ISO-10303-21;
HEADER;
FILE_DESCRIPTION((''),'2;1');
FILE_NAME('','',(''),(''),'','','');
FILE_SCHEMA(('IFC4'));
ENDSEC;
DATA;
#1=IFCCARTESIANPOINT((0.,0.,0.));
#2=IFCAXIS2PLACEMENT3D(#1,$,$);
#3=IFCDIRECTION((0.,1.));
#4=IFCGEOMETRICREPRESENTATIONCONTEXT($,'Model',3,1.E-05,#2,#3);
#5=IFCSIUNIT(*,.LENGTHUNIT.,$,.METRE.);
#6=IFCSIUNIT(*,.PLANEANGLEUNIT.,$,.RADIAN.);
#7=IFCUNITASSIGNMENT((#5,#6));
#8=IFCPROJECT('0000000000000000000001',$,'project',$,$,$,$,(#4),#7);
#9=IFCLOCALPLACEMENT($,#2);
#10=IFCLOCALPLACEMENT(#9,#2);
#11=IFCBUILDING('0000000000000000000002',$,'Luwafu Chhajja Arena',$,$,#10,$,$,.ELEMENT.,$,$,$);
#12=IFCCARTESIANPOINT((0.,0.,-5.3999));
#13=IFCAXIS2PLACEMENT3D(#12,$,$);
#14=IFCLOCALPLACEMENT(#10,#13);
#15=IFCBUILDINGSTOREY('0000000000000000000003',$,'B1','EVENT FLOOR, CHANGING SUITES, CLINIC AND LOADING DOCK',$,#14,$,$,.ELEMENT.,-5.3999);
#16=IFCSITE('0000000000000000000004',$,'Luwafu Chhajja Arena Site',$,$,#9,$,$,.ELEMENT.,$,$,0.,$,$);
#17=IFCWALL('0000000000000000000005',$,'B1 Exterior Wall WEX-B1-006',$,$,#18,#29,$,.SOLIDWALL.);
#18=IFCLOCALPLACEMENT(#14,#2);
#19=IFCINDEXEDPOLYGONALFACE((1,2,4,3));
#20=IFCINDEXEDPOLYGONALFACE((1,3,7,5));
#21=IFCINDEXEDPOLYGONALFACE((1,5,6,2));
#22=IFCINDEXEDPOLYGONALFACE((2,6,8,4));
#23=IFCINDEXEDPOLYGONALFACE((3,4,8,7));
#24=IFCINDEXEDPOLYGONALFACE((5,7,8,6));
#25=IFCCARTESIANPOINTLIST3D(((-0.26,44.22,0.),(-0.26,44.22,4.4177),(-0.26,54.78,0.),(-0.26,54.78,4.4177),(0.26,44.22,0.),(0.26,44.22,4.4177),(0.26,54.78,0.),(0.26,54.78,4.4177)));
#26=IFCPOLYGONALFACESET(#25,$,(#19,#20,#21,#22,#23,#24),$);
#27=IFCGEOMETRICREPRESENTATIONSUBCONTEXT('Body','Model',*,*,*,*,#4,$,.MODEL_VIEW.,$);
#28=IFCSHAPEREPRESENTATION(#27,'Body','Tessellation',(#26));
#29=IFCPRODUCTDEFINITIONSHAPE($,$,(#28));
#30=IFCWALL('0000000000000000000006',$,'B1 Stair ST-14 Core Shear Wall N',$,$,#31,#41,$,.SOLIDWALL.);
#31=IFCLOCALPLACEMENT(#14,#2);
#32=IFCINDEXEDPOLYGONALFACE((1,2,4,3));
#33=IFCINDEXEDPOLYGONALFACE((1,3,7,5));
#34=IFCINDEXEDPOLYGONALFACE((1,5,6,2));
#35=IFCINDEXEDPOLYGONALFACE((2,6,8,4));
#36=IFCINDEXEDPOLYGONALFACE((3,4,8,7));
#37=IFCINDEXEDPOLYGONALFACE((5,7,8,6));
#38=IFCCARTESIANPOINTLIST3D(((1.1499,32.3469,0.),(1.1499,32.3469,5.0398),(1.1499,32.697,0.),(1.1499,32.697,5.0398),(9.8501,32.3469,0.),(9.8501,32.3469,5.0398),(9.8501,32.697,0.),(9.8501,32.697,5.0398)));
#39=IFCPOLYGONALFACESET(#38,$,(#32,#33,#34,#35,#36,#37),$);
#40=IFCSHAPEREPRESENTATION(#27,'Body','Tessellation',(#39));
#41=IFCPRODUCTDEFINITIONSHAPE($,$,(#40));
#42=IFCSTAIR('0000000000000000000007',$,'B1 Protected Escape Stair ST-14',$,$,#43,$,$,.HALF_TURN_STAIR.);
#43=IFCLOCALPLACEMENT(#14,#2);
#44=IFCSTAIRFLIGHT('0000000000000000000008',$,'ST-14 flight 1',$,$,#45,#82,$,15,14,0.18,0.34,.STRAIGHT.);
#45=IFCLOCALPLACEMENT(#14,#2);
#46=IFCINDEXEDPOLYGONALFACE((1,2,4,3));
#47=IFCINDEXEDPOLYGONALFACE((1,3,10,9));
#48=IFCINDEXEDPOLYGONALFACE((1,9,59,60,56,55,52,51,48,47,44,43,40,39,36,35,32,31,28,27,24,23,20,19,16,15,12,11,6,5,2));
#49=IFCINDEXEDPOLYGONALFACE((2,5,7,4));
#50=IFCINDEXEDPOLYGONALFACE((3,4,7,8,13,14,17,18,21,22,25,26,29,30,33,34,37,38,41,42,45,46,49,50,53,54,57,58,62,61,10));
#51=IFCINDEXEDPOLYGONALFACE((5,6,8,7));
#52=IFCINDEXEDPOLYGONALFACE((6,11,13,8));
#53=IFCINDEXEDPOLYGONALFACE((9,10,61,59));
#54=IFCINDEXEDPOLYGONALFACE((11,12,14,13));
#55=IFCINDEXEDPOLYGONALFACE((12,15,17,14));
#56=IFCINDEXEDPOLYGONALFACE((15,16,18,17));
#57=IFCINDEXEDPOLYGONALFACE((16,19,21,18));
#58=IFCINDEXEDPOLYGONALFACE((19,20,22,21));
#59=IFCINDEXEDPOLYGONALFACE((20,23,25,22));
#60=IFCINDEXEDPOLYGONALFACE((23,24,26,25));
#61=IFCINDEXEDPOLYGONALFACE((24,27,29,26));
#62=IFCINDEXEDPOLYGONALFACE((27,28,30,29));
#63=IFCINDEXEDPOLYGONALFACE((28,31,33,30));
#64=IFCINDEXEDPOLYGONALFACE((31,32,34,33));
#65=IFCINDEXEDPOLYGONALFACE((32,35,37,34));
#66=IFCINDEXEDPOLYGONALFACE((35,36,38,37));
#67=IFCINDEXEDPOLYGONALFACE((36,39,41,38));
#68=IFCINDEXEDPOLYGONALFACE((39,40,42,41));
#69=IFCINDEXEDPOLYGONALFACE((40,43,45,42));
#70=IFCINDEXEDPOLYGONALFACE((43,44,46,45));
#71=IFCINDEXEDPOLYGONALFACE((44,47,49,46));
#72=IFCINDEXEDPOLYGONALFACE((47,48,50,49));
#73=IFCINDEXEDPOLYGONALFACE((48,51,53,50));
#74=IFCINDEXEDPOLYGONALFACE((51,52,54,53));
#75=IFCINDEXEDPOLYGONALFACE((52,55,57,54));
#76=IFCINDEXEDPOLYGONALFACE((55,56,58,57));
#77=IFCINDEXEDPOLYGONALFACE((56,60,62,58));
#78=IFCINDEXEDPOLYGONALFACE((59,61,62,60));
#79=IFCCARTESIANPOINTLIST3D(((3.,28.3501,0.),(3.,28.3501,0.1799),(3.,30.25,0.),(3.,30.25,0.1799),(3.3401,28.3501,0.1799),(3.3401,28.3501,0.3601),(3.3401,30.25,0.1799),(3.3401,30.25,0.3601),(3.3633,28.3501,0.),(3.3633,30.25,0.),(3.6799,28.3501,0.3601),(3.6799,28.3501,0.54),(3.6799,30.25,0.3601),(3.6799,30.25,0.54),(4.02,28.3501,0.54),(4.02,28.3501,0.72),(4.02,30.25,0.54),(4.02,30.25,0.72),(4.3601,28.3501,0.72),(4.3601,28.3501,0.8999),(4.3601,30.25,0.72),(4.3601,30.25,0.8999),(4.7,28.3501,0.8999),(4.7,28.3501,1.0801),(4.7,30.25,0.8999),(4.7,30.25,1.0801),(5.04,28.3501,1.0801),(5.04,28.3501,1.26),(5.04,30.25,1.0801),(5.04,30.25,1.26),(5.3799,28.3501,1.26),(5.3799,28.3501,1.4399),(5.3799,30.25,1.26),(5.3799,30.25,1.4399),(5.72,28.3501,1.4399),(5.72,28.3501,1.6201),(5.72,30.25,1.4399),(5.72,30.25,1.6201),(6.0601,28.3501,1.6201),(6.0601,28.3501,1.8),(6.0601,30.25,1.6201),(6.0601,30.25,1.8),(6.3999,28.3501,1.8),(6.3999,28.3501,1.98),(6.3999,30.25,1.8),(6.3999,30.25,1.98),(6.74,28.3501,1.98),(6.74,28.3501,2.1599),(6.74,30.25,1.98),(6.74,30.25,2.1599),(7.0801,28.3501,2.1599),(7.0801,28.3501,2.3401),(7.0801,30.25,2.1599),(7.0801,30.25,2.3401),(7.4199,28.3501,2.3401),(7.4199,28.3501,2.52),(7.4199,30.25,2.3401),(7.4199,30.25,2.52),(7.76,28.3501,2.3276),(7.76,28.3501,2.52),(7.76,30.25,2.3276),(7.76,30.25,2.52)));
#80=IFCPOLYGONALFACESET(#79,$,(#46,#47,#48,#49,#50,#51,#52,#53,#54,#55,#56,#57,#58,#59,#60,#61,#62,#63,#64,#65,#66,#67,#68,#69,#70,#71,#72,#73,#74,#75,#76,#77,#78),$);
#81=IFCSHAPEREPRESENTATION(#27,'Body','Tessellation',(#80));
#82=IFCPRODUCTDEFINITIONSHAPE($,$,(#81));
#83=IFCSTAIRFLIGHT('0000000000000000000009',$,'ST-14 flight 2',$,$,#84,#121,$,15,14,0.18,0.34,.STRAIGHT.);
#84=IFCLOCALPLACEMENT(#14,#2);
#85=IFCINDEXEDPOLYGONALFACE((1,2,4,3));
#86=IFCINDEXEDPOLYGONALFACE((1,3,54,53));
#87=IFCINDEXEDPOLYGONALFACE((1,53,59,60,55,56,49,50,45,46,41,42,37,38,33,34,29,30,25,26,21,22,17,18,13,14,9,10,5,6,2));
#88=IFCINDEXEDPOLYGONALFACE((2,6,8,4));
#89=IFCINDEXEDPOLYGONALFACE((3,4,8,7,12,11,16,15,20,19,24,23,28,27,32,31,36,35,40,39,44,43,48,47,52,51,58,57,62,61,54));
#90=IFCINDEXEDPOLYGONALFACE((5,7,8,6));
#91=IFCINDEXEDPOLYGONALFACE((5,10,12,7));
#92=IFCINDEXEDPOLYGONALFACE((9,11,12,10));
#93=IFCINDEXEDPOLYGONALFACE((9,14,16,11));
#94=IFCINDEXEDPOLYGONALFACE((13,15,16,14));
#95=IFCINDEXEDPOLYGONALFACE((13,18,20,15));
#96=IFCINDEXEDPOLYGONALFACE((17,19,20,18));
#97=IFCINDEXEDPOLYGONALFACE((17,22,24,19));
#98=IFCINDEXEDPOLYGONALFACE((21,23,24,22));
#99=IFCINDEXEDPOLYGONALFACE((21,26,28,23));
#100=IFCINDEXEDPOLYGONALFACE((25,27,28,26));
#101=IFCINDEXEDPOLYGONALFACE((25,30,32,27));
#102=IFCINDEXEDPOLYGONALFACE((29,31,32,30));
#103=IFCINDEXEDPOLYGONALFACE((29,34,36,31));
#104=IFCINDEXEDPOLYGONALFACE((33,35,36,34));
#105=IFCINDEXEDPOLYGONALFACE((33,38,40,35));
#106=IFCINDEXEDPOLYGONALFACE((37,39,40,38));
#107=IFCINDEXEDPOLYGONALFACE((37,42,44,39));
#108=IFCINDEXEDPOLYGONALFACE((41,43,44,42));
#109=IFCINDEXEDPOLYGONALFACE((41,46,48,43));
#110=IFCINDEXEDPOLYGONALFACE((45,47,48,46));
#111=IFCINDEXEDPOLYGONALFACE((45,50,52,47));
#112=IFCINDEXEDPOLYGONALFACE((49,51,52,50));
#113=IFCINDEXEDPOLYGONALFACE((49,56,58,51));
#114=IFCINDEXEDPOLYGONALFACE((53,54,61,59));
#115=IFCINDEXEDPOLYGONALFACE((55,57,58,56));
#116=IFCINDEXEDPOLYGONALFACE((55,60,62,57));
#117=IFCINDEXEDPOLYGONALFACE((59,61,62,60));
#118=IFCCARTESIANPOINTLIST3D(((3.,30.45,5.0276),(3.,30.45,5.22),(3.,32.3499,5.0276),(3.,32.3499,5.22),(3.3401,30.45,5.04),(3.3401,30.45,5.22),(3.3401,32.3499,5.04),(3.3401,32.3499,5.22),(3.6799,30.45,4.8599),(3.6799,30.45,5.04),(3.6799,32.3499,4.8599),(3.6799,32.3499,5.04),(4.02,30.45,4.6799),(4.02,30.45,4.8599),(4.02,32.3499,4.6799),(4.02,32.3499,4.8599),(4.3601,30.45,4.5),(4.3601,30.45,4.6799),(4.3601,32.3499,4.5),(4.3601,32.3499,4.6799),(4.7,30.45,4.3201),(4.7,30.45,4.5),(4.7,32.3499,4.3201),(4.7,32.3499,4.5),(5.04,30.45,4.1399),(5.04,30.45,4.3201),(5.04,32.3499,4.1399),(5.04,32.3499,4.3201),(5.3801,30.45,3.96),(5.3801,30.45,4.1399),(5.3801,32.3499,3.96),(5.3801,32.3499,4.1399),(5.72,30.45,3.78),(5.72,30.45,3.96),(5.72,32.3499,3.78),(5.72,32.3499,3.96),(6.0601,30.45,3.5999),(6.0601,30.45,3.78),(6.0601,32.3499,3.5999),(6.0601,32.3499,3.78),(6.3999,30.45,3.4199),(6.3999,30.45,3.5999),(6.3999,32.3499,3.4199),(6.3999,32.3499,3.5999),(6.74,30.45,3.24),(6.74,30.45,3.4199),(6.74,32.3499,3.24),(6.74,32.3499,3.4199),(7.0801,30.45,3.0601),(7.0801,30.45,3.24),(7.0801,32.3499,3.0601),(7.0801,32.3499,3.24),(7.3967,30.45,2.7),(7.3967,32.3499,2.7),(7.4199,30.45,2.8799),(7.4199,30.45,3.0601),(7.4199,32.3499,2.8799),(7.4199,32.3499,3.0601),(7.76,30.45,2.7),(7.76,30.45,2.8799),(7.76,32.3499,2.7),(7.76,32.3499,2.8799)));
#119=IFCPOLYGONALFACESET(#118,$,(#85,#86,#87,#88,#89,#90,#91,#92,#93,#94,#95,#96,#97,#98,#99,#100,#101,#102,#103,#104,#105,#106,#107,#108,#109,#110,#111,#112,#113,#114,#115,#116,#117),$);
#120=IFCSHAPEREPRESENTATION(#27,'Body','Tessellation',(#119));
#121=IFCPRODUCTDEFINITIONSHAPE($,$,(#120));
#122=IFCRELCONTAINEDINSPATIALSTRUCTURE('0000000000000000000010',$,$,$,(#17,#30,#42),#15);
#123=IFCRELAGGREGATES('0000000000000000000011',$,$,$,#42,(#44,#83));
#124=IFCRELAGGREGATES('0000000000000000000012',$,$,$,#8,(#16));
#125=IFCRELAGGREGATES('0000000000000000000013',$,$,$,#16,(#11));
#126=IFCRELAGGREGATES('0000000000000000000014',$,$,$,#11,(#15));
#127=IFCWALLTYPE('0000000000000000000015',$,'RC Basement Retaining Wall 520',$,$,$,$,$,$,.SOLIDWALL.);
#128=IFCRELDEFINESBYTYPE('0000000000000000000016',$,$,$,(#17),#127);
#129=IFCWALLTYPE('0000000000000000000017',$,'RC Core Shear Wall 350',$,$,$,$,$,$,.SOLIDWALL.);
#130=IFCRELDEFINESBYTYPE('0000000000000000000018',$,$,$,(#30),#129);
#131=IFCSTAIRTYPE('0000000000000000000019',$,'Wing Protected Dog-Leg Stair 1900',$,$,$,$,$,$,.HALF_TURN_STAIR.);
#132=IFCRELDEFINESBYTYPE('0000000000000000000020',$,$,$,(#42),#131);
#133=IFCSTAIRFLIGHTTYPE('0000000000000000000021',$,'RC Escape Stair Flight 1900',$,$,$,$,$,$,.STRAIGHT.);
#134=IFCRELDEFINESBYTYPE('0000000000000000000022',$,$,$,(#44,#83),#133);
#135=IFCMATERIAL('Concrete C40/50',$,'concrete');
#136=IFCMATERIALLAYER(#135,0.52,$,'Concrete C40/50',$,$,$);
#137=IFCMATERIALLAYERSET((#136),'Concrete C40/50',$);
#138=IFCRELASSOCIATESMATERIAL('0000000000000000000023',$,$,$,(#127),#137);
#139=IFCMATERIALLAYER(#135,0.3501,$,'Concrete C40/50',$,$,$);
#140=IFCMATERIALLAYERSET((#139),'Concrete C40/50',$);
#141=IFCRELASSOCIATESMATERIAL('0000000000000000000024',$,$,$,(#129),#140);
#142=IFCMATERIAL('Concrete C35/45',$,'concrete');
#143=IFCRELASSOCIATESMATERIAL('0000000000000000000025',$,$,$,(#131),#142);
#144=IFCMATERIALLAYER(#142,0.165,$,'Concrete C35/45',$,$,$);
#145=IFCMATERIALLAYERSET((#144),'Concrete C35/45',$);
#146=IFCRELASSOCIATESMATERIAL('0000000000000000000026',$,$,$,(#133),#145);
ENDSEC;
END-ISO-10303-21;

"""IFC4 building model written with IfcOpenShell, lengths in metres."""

from ifc_helpers import new_model, si_unit, direction, frame, frame_2d, origin, place, context, subcontext, project, spatial, polyline, rectangle, outline, extrude, material, layer, layer_set, type_object, element, aggregate, save


model = new_model("IFC4")

# Units and contexts
model_context = context("Model", 3, precision=1e-05, world=origin(), true_north=direction((0.0, 1.0)))
body_context = subcontext(model_context, "Body", "Model", "MODEL_VIEW")
ifc_project = project(units=[si_unit("LENGTHUNIT", "METRE"), si_unit("PLANEANGLEUNIT", "RADIAN")], contexts=[model_context])

# Site, building, storey
site_placement = place(None, origin())
site = spatial("IfcSite", under=ifc_project, at=site_placement, Name="Luwafu Chhajja Arena Site", CompositionType="ELEMENT", RefElevation=0.0)
building_placement = place(site_placement, origin())
building = spatial("IfcBuilding", under=site, at=building_placement, Name="Luwafu Chhajja Arena", CompositionType="ELEMENT")
storey_placement = place(building_placement, frame((0.0, 0.0, -5.3999)))
storey = spatial("IfcBuildingStorey", under=building, at=storey_placement, Name="B1", Description="EVENT FLOOR, CHANGING SUITES, CLINIC AND LOADING DOCK", CompositionType="ELEMENT", Elevation=-5.3999)

# Shared definitions
ifc_material_1 = material(Name="Concrete C35/45", Category="concrete")

# Shared definitions
ifc_material_2 = material(Name="Concrete C40/50", Category="concrete")

# Walls
ifc_layer_1 = layer(ifc_material_2, 0.52, Name="Concrete C40/50")
ifc_layer_set_1 = layer_set([ifc_layer_1], Name="Concrete C40/50")
wall_type_1 = type_object("IfcWallType", Name="RC Basement Retaining Wall 520", PredefinedType="SOLIDWALL", material=ifc_layer_set_1)
wall_1_placement = place(storey_placement, frame((0.0, 44.22, 0.0), z_axis=(0.0, 0.0, 1.0), x_axis=(0.0, 1.0, 0.0)))
element("IfcWall", 1, at=wall_1_placement, inside=storey, type_object=wall_type_1, Name="B1 Exterior Wall WEX-B1-006", PredefinedType="SOLIDWALL", context=body_context, shape_type="SweptSolid", body=[
    extrude(rectangle(XDim=10.5601, YDim=0.52, at=frame_2d((5.28, 0.0))), origin(), (0.0, 0.0, 1.0), 4.4177),
])
ifc_layer_2 = layer(ifc_material_2, 0.3501, Name="Concrete C40/50")
ifc_layer_set_2 = layer_set([ifc_layer_2], Name="Concrete C40/50")
wall_type_2 = type_object("IfcWallType", Name="RC Core Shear Wall 350", PredefinedType="SOLIDWALL", material=ifc_layer_set_2)
wall_2_placement = place(storey_placement, frame((1.1499, 32.522, 0.0), z_axis=(0.0, 0.0, 1.0), x_axis=(1.0, 0.0, 0.0)))
element("IfcWall", 2, at=wall_2_placement, inside=storey, type_object=wall_type_2, Name="B1 Stair ST-14 Core Shear Wall N", PredefinedType="SOLIDWALL", context=body_context, shape_type="SweptSolid", body=[
    extrude(rectangle(XDim=8.7002, YDim=0.3501, at=frame_2d((4.3501, 0.0))), origin(), (0.0, 0.0, 1.0), 5.0398),
])

# Stair, stair flights
stair_type = type_object("IfcStairType", Name="Wing Protected Dog-Leg Stair 1900", PredefinedType="HALF_TURN_STAIR", material=ifc_material_1)
stair_placement = place(storey_placement, origin())
stair = element("IfcStair", 3, at=stair_placement, inside=storey, type_object=stair_type, Name="B1 Protected Escape Stair ST-14", PredefinedType="HALF_TURN_STAIR")
ifc_layer_3 = layer(ifc_material_1, 0.165, Name="Concrete C35/45")
ifc_layer_set_3 = layer_set([ifc_layer_3], Name="Concrete C35/45")
stair_flight_type = type_object("IfcStairFlightType", Name="RC Escape Stair Flight 1900", PredefinedType="STRAIGHT", material=ifc_layer_set_3)
stair_flight_1_placement = place(storey_placement, frame((3.0, 29.3, 0.0), z_axis=(0.0, 0.0, 1.0), x_axis=(1.0, 0.0, 0.0)))
stair_flight_1 = element("IfcStairFlight", 4, at=stair_flight_1_placement, type_object=stair_flight_type, Name="ST-14 flight 1", NumberOfRisers=15, NumberOfTreads=14, PredefinedType="STRAIGHT", RiserHeight=0.18, TreadLength=0.34, context=body_context, shape_type="SweptSolid", body=[
    extrude(outline(polyline([(0.0, 0.0), (0.0, 0.1799), (0.3401, 0.1799), (0.3401, 0.3601), (0.6799, 0.3601), (0.6799, 0.54), (1.02, 0.54), (1.02, 0.72), (1.3601, 0.72), (1.3601, 0.8999), (1.7, 0.8999), (1.7, 1.0801), (2.04, 1.0801), (2.04, 1.26), (2.3799, 1.26), (2.3799, 1.4399), (2.72, 1.4399), (2.72, 1.6201), (3.0601, 1.6201), (3.0601, 1.8), (3.3999, 1.8), (3.3999, 1.98), (3.74, 1.98), (3.74, 2.1599), (4.0801, 2.1599), (4.0801, 2.3401), (4.4199, 2.3401), (4.4199, 2.52), (4.76, 2.52), (4.76, 2.7), (4.76, 2.3276), (0.3633, 0.0), (0.0, 0.0)])), frame((0.0, 0.95, 0.0), z_axis=(0.0, -1.0, 0.0), x_axis=(1.0, 0.0, 0.0)), (0.0, 0.0, 1.0), 1.8999),
])
stair_flight_2_placement = place(storey_placement, frame((7.76, 31.3999, 2.7), z_axis=(0.0, 0.0, 1.0), x_axis=(-1.0, 0.0, 0.0)))
stair_flight_2 = element("IfcStairFlight", 5, at=stair_flight_2_placement, type_object=stair_flight_type, Name="ST-14 flight 2", NumberOfRisers=15, NumberOfTreads=14, PredefinedType="STRAIGHT", RiserHeight=0.18, TreadLength=0.34, context=body_context, shape_type="SweptSolid", body=[
    extrude(outline(polyline([(0.0, 0.0), (0.0, 0.1799), (0.3401, 0.1799), (0.3401, 0.3601), (0.6799, 0.3601), (0.6799, 0.54), (1.02, 0.54), (1.02, 0.72), (1.3601, 0.72), (1.3601, 0.8999), (1.7, 0.8999), (1.7, 1.0801), (2.04, 1.0801), (2.04, 1.26), (2.3799, 1.26), (2.3799, 1.4399), (2.72, 1.4399), (2.72, 1.6201), (3.0601, 1.6201), (3.0601, 1.8), (3.3999, 1.8), (3.3999, 1.98), (3.74, 1.98), (3.74, 2.1599), (4.0801, 2.1599), (4.0801, 2.3401), (4.4199, 2.3401), (4.4199, 2.52), (4.76, 2.52), (4.76, 2.7), (4.76, 2.3276), (0.3633, 0.0), (0.0, 0.0)])), frame((0.0, 0.95, 0.0), z_axis=(0.0, -1.0, 0.0), x_axis=(1.0, 0.0, 0.0)), (0.0, 0.0, 1.0), 1.8999),
])
aggregate(stair, [stair_flight_1, stair_flight_2])

save(model, "model.ifc")
